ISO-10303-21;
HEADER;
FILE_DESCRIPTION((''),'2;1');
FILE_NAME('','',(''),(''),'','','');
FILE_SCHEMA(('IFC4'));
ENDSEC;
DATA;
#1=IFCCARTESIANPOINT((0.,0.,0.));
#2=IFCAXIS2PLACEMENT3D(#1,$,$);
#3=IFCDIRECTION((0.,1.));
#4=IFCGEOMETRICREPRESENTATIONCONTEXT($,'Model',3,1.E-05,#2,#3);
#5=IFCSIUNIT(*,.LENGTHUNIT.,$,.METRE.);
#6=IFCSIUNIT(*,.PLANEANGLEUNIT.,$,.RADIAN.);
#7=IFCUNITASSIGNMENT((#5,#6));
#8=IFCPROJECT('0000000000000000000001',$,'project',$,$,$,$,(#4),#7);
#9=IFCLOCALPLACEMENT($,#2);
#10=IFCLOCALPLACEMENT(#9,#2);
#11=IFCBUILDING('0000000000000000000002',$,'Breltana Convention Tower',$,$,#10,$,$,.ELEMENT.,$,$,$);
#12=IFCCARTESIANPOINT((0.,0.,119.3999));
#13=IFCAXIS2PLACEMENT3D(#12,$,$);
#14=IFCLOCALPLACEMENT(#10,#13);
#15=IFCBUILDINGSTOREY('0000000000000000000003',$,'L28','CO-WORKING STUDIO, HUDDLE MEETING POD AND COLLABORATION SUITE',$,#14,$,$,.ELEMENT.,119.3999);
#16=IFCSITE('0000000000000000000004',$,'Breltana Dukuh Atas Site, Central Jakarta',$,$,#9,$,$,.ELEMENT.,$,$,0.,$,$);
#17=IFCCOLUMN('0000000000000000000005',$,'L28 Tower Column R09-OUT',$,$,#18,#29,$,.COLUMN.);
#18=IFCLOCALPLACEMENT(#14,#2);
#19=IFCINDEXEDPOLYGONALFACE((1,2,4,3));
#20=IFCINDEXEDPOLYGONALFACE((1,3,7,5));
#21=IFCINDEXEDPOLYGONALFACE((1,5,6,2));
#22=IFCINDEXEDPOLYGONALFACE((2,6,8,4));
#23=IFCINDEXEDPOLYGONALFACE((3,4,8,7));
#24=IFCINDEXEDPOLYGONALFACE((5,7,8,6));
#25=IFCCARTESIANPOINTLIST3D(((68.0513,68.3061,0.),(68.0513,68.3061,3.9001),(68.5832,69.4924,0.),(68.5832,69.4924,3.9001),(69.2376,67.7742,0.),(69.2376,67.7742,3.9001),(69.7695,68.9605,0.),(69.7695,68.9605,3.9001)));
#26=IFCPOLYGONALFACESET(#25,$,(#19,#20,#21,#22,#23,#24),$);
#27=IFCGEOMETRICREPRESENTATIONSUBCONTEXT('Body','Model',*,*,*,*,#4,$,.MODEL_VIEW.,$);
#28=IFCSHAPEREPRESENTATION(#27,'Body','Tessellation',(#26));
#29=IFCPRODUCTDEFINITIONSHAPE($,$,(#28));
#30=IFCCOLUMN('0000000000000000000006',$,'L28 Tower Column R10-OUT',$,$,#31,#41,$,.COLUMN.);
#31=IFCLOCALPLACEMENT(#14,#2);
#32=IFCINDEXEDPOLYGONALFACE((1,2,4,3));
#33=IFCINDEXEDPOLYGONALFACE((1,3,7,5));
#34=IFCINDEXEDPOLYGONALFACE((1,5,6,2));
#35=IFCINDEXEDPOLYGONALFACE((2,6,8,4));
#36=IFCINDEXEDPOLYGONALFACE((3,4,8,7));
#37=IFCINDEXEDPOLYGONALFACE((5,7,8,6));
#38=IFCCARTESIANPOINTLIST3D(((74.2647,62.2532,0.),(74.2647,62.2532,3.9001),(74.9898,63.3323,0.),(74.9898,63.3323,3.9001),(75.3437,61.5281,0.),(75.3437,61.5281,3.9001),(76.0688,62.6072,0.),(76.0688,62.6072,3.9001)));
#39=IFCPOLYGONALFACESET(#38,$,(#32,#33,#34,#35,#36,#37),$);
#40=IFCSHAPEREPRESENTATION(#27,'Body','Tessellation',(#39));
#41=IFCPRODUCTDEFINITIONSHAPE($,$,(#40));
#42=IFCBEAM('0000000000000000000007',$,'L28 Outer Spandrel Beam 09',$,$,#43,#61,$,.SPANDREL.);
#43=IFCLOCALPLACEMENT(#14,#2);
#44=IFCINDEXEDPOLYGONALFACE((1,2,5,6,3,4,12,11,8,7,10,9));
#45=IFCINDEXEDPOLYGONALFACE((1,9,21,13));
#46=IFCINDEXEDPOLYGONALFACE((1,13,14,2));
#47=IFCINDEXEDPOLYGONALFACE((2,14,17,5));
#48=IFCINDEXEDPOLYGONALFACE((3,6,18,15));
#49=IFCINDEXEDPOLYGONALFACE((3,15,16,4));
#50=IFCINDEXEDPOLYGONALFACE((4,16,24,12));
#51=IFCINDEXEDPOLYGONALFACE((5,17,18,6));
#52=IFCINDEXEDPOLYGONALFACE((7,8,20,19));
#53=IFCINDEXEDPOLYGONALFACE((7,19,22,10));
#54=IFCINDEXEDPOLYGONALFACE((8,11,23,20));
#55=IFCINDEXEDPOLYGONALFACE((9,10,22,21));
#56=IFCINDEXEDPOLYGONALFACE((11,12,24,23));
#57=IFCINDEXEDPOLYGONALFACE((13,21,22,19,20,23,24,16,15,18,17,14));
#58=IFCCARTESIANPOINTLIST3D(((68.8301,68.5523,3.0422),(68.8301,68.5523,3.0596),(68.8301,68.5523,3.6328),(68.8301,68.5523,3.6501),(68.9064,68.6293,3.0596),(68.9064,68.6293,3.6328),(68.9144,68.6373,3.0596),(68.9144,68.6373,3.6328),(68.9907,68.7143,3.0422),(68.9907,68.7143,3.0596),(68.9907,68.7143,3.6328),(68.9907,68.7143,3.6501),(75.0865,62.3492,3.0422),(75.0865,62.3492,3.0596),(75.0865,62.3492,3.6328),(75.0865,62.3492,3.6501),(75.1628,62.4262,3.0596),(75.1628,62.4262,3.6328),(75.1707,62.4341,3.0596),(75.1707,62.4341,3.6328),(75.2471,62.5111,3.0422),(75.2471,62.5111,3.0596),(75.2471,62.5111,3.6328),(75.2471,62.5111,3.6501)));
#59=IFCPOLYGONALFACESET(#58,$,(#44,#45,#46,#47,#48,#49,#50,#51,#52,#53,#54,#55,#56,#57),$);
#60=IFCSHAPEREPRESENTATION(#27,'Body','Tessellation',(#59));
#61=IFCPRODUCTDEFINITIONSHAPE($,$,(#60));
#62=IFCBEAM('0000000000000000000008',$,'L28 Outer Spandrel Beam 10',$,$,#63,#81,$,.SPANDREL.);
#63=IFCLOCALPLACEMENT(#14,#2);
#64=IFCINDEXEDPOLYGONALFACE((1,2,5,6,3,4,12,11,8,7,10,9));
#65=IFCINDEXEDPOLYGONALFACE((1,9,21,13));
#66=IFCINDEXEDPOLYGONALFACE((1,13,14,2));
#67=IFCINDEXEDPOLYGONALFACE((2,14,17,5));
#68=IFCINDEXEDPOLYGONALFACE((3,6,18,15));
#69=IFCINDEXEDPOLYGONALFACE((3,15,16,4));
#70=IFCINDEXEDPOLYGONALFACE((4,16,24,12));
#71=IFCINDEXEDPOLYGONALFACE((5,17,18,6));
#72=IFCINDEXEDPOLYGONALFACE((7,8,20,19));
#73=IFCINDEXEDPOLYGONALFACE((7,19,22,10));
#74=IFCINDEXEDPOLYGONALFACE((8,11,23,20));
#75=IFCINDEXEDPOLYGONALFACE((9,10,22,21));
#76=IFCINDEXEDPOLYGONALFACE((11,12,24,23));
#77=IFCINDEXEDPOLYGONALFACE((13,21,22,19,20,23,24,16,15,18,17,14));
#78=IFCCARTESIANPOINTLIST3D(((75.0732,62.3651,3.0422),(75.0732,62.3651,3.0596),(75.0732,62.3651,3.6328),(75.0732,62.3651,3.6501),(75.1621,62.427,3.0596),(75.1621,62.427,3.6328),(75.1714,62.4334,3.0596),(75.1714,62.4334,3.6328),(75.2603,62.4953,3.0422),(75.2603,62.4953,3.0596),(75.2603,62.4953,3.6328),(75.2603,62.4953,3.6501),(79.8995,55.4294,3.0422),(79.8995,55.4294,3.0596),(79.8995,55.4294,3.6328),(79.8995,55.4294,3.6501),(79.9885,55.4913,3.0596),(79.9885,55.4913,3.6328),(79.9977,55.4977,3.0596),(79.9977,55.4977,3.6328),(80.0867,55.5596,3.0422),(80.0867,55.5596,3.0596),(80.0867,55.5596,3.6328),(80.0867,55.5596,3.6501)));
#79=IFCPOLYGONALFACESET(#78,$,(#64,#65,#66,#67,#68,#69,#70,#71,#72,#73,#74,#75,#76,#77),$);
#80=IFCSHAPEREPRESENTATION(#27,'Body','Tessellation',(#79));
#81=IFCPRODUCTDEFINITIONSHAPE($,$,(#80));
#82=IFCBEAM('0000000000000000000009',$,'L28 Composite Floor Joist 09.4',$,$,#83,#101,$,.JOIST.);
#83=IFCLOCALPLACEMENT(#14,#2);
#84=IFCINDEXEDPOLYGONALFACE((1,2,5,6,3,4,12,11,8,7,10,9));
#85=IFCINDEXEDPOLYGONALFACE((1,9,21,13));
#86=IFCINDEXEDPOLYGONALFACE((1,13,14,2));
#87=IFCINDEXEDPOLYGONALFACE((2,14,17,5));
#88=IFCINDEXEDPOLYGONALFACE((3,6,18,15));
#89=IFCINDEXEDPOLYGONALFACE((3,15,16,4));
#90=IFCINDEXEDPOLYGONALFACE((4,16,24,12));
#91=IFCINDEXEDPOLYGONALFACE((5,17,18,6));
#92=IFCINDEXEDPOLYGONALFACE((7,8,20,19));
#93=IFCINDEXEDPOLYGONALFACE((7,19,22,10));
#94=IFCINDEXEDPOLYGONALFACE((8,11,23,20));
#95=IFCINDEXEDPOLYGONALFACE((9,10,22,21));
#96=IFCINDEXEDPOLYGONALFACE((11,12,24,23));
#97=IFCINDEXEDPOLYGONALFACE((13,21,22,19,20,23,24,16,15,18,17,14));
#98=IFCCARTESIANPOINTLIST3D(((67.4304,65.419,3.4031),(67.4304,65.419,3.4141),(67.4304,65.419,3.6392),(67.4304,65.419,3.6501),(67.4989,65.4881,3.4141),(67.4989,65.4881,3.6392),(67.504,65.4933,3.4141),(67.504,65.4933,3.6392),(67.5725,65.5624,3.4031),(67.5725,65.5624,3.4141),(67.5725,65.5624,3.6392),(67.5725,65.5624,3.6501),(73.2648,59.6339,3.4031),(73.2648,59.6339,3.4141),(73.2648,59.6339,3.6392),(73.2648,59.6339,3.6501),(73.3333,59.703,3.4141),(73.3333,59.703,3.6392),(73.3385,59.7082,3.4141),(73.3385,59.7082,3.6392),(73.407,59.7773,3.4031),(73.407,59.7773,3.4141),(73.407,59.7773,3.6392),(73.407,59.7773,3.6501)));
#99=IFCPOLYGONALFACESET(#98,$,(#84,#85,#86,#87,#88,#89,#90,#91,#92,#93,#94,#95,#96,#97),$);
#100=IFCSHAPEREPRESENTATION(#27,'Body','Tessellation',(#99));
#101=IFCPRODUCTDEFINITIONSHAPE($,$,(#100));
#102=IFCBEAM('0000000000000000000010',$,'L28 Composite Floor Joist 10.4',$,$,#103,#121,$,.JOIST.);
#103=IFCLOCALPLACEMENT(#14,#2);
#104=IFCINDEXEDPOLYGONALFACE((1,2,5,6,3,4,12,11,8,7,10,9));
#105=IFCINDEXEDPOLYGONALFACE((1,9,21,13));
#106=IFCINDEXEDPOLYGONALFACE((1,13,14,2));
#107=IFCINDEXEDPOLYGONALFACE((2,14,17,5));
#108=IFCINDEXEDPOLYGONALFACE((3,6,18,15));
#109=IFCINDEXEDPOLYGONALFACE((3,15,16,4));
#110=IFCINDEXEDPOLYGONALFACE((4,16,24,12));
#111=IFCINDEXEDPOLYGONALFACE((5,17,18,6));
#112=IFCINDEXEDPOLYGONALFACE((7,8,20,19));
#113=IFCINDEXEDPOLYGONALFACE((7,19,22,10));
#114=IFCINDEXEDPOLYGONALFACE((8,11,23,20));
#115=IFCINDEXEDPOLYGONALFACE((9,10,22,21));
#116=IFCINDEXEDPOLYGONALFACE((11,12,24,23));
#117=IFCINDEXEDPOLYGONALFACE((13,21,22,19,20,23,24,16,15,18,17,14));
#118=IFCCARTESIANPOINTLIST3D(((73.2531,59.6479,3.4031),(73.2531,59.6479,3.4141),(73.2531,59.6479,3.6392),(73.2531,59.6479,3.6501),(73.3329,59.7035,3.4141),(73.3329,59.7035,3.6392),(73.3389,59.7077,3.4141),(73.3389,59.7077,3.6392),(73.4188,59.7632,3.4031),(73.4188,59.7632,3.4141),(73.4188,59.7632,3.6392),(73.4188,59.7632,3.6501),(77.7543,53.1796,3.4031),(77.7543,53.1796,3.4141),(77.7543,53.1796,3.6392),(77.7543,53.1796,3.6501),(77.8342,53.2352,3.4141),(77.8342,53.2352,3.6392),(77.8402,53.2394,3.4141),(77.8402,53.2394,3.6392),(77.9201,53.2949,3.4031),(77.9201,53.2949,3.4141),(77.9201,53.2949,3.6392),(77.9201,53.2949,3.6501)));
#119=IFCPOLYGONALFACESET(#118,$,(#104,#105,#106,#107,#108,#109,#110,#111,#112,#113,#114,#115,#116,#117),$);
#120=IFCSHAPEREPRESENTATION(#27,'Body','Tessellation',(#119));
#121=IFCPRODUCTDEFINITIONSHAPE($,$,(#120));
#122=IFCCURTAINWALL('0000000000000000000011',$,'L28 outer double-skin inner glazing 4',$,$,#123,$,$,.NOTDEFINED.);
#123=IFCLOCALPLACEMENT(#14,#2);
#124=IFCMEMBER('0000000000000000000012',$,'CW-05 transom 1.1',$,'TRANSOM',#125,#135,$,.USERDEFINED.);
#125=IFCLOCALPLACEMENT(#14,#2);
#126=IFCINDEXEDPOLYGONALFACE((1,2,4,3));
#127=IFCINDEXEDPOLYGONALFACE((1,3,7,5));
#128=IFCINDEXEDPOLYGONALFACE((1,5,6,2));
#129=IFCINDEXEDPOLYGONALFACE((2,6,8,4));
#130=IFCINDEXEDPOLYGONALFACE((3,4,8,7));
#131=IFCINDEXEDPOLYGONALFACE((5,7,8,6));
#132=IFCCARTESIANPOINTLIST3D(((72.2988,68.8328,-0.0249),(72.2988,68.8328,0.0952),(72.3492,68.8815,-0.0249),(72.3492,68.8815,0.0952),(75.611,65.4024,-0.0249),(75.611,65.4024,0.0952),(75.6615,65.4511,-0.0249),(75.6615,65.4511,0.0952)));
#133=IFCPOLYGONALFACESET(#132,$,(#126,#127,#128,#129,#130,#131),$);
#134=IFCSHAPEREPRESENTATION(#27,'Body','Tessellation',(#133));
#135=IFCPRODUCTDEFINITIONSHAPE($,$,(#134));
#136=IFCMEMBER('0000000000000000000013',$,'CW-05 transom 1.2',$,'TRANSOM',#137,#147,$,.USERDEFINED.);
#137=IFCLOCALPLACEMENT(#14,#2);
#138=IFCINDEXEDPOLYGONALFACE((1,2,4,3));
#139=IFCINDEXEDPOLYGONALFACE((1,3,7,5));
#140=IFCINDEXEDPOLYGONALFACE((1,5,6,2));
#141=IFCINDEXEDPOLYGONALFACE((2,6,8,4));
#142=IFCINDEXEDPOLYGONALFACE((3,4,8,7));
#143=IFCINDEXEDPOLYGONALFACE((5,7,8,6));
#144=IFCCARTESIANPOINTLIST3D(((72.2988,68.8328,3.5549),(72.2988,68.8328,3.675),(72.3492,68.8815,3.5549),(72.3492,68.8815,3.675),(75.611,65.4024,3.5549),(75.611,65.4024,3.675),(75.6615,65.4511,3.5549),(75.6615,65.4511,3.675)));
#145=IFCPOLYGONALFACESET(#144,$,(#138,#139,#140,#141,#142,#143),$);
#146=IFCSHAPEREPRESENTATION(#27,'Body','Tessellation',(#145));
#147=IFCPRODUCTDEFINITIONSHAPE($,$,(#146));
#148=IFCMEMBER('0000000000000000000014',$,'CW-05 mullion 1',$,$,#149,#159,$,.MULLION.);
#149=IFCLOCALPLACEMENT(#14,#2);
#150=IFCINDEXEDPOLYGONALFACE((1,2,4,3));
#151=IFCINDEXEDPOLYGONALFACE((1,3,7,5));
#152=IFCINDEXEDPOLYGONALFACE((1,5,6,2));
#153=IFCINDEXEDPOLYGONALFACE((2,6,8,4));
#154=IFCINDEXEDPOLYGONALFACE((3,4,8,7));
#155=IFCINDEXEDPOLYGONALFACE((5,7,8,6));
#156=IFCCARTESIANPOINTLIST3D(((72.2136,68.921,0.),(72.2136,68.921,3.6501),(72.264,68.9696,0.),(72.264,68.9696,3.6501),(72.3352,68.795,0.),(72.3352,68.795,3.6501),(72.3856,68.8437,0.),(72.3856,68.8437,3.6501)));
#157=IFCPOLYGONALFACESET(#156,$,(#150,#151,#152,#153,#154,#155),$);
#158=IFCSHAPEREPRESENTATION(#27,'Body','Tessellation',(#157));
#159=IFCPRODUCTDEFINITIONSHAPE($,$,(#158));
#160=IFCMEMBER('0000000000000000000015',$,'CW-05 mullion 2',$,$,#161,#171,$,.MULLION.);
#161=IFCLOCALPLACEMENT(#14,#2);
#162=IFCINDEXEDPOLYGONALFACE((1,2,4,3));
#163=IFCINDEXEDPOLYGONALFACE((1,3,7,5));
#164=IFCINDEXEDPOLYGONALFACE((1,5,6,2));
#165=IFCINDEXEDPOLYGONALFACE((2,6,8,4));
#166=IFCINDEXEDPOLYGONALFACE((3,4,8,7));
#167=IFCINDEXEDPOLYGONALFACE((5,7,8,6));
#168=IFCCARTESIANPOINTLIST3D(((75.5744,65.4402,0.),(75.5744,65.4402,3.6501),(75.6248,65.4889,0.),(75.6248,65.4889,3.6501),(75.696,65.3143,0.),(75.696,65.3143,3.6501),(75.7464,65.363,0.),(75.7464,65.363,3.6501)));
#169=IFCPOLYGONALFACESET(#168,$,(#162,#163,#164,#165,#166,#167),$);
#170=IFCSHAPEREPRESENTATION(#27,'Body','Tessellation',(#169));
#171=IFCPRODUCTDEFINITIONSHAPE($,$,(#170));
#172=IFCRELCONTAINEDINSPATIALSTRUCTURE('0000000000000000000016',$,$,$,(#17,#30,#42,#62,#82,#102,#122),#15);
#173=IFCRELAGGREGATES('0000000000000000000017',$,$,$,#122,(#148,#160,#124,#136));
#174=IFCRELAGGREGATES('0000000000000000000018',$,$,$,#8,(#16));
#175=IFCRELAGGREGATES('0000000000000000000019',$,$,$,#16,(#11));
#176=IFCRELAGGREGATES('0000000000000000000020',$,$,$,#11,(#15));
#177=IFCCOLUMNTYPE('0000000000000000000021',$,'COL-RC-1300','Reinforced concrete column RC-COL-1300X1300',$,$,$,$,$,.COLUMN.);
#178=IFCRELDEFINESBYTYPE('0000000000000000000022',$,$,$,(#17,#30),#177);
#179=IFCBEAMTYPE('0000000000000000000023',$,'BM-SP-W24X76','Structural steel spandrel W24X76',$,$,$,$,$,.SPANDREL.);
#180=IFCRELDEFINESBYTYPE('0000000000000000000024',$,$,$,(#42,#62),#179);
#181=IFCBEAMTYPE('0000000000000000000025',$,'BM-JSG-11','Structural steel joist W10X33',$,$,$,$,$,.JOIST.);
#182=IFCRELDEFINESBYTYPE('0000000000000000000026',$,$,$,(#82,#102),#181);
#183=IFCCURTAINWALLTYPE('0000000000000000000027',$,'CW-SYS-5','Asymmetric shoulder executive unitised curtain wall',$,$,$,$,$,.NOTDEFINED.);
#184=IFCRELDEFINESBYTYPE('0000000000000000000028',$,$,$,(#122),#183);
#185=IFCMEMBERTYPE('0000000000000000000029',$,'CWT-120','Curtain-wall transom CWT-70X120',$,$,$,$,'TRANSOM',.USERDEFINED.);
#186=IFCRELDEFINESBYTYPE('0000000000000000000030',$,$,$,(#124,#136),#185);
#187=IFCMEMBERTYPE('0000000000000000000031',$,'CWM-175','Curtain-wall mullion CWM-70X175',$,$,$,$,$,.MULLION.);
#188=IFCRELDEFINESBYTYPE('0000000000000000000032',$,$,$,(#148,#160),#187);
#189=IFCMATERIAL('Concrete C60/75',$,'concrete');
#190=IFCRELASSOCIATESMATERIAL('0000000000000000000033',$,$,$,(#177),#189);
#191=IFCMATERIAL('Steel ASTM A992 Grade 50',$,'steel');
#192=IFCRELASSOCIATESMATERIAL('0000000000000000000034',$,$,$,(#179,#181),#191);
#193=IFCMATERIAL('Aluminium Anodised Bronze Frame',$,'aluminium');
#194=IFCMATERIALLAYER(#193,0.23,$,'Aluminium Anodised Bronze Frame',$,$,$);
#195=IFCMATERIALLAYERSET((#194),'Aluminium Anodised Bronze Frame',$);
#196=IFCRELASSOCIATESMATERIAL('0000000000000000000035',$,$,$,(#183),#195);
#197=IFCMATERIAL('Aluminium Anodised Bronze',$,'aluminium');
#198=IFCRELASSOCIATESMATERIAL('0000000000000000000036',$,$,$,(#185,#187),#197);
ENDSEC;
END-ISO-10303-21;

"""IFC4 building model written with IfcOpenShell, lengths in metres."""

from ifc_helpers import new_model, si_unit, direction, frame, origin, origin_2d, place, context, subcontext, project, spatial, rectangle, i_section, extrude, source, transform, mapped, material, layer, layer_set, material_profile, profile_set, type_object, element, aggregate, save


model = new_model("IFC4")

# Units and contexts
model_context = context("Model", 3, precision=1e-05, world=origin(), true_north=direction((0.0, 1.0)))
body_context = subcontext(model_context, "Body", "Model", "MODEL_VIEW")
ifc_project = project(units=[si_unit("LENGTHUNIT", "METRE"), si_unit("PLANEANGLEUNIT", "RADIAN")], contexts=[model_context])

# Site, building, storey
site_placement = place(None, origin())
site = spatial("IfcSite", under=ifc_project, at=site_placement, Name="Breltana Dukuh Atas Site, Central Jakarta", CompositionType="ELEMENT", RefElevation=0.0)
building_placement = place(site_placement, origin())
building = spatial("IfcBuilding", under=site, at=building_placement, Name="Breltana Convention Tower", CompositionType="ELEMENT")
storey_placement = place(building_placement, frame((0.0, 0.0, 119.3999)))
storey = spatial("IfcBuildingStorey", under=building, at=storey_placement, Name="L28", Description="CO-WORKING STUDIO, HUDDLE MEETING POD AND COLLABORATION SUITE", CompositionType="ELEMENT", Elevation=119.3999)

# Columns
ifc_material_1 = material(Name="Concrete C60/75", Category="concrete")
ifc_material_profile_1 = material_profile(ifc_material_1, rectangle(XDim=1.3, YDim=1.3, at=origin_2d()), Name="RC-COL-1300X1300")
ifc_profile_set_1 = profile_set([ifc_material_profile_1], Name="Concrete C60/75")
column_type = type_object("IfcColumnType", Name="COL-RC-1300", Description="Reinforced concrete column RC-COL-1300X1300", PredefinedType="COLUMN", material=ifc_profile_set_1)
shared_shape_1 = source(origin(), body_context, "Body", "SweptSolid", [
    extrude(rectangle(XDim=1.3, YDim=1.3, at=origin_2d()), origin(), (0.0, 0.0, 1.0), 3.9001),
])
for number, where, z_axis, x_axis, name in (
    (1, (68.9104, 68.6333, 0.0), (0.0, 0.0, 1.0), (0.409127, 0.912477, 0.0), "L28 Tower Column R09-OUT"),
    (2, (75.1667, 62.4302, 0.0), (0.0, 0.0, 1.0), (0.557745, 0.830012, 0.0), "L28 Tower Column R10-OUT"),
):
    element("IfcColumn", number, at=place(storey_placement, frame(where, z_axis=z_axis, x_axis=x_axis)), inside=storey, type_object=column_type, Name=name, PredefinedType="COLUMN", context=body_context, shape_type="MappedRepresentation", body=[
        mapped(shared_shape_1, transform((0.0, 0.0, 0.0), scale=1.0)),
    ])

# Beams
ifc_material_2 = material(Name="Steel ASTM A992 Grade 50", Category="steel")
ifc_material_profile_2 = material_profile(ifc_material_2, i_section(OverallWidth=0.228, OverallDepth=0.6079, WebThickness=0.0112, FlangeThickness=0.0173, at=origin_2d()), Name="W24X76")
ifc_profile_set_2 = profile_set([ifc_material_profile_2], Name="Steel ASTM A992 Grade 50")
beam_type_1 = type_object("IfcBeamType", Name="BM-SP-W24X76", Description="Structural steel spandrel W24X76", PredefinedType="SPANDREL", material=ifc_profile_set_2)
shared_shape_2 = source(origin(), body_context, "Body", "SweptSolid", [
    extrude(i_section(OverallWidth=0.228, OverallDepth=0.6079, WebThickness=0.0112, FlangeThickness=0.0173, at=origin_2d()), origin(), (0.0, 0.0, 1.0), 8.8103),
])
beam_1_placement = place(storey_placement, frame((68.9104, 68.6333, 3.3462), z_axis=(0.710121, -0.70408, 0.0), x_axis=(0.70408, 0.710121, 0.0)))
element("IfcBeam", 3, at=beam_1_placement, inside=storey, type_object=beam_type_1, Name="L28 Outer Spandrel Beam 09", PredefinedType="SPANDREL", context=body_context, shape_type="MappedRepresentation", body=[
    mapped(shared_shape_2, transform((0.0, 0.0, 0.0), scale=1.0)),
])
shared_shape_3 = source(origin(), body_context, "Body", "SweptSolid", [
    extrude(i_section(OverallWidth=0.228, OverallDepth=0.6079, WebThickness=0.0112, FlangeThickness=0.0173, at=origin_2d()), origin(), (0.0, 0.0, 1.0), 8.4497),
])
beam_2_placement = place(storey_placement, frame((75.1667, 62.4302, 3.3462), z_axis=(0.571186, -0.820821, 0.0), x_axis=(0.820821, 0.571186, 0.0)))
element("IfcBeam", 4, at=beam_2_placement, inside=storey, type_object=beam_type_1, Name="L28 Outer Spandrel Beam 10", PredefinedType="SPANDREL", context=body_context, shape_type="MappedRepresentation", body=[
    mapped(shared_shape_3, transform((0.0, 0.0, 0.0), scale=1.0)),
])
ifc_material_profile_3 = material_profile(ifc_material_2, i_section(OverallWidth=0.2019, OverallDepth=0.2471, WebThickness=0.0073, FlangeThickness=0.011, at=origin_2d()), Name="W10X33")
ifc_profile_set_3 = profile_set([ifc_material_profile_3], Name="Steel ASTM A992 Grade 50")
beam_type_2 = type_object("IfcBeamType", Name="BM-JSG-11", Description="Structural steel joist W10X33", PredefinedType="JOIST", material=ifc_profile_set_3)
shared_shape_4 = source(origin(), body_context, "Body", "SweptSolid", [
    extrude(i_section(OverallWidth=0.2019, OverallDepth=0.2471, WebThickness=0.0073, FlangeThickness=0.011, at=origin_2d()), origin(), (0.0, 0.0, 1.0), 8.2163),
])
beam_3_placement = place(storey_placement, frame((67.5015, 65.4907, 3.5266), z_axis=(0.710102, -0.704099, 0.0), x_axis=(0.704099, 0.710102, 0.0)))
element("IfcBeam", 5, at=beam_3_placement, inside=storey, type_object=beam_type_2, Name="L28 Composite Floor Joist 09.4", PredefinedType="JOIST", context=body_context, shape_type="MappedRepresentation", body=[
    mapped(shared_shape_4, transform((0.0, 0.0, 0.0), scale=1.0)),
])
shared_shape_5 = source(origin(), body_context, "Body", "SweptSolid", [
    extrude(i_section(OverallWidth=0.2019, OverallDepth=0.2471, WebThickness=0.0073, FlangeThickness=0.011, at=origin_2d()), origin(), (0.0, 0.0, 1.0), 7.8804),
])
beam_4_placement = place(storey_placement, frame((73.3359, 59.7056, 3.5266), z_axis=(0.571198, -0.820812, 0.0), x_axis=(0.820812, 0.571198, 0.0)))
element("IfcBeam", 6, at=beam_4_placement, inside=storey, type_object=beam_type_2, Name="L28 Composite Floor Joist 10.4", PredefinedType="JOIST", context=body_context, shape_type="MappedRepresentation", body=[
    mapped(shared_shape_5, transform((0.0, 0.0, 0.0), scale=1.0)),
])

# Curtain wall, members
ifc_material_3 = material(Name="Aluminium Anodised Bronze Frame", Category="aluminium")
ifc_layer_1 = layer(ifc_material_3, 0.23, Name="Aluminium Anodised Bronze Frame")
ifc_layer_set_1 = layer_set([ifc_layer_1], Name="Aluminium Anodised Bronze Frame")
curtain_wall_type = type_object("IfcCurtainWallType", Name="CW-SYS-5", Description="Asymmetric shoulder executive unitised curtain wall", PredefinedType="NOTDEFINED", material=ifc_layer_set_1)
curtain_wall_placement = place(storey_placement, origin())
curtain_wall = element("IfcCurtainWall", 7, at=curtain_wall_placement, inside=storey, type_object=curtain_wall_type, Name="L28 outer double-skin inner glazing 4", PredefinedType="NOTDEFINED")
ifc_material_4 = material(Name="Aluminium Anodised Bronze", Category="aluminium")
ifc_material_profile_4 = material_profile(ifc_material_4, rectangle(XDim=0.0701, YDim=0.1201, at=origin_2d()), Name="CWT-70X120")
ifc_profile_set_4 = profile_set([ifc_material_profile_4], Name="Aluminium Anodised Bronze")
member_type_1 = type_object("IfcMemberType", Name="CWT-120", Description="Curtain-wall transom CWT-70X120", ElementType="TRANSOM", PredefinedType="USERDEFINED", material=ifc_profile_set_4)
shared_shape_6 = source(origin(), body_context, "Body", "SweptSolid", [
    extrude(rectangle(XDim=0.0701, YDim=0.1201, at=origin_2d()), origin(), (0.0, 0.0, 1.0), 4.7686),
])
member_1_placement = place(storey_placement, frame((72.324, 68.8572, 0.0352), z_axis=(0.694608, -0.719388, 0.0), x_axis=(0.719388, 0.694608, 0.0)))
member_1 = element("IfcMember", 8, at=member_1_placement, type_object=member_type_1, Name="CW-05 transom 1.1", ObjectType="TRANSOM", PredefinedType="USERDEFINED", context=body_context, shape_type="MappedRepresentation", body=[
    mapped(shared_shape_6, transform((0.0, 0.0, 0.0), scale=1.0)),
])
member_2_placement = place(storey_placement, frame((72.324, 68.8572, 3.615), z_axis=(0.694608, -0.719388, 0.0), x_axis=(0.719388, 0.694608, 0.0)))
member_2 = element("IfcMember", 9, at=member_2_placement, type_object=member_type_1, Name="CW-05 transom 1.2", ObjectType="TRANSOM", PredefinedType="USERDEFINED", context=body_context, shape_type="MappedRepresentation", body=[
    mapped(shared_shape_6, transform((0.0, 0.0, 0.0), scale=1.0)),
])
ifc_material_profile_5 = material_profile(ifc_material_4, rectangle(XDim=0.0701, YDim=0.175, at=origin_2d()), Name="CWM-70X175")
ifc_profile_set_5 = profile_set([ifc_material_profile_5], Name="Aluminium Anodised Bronze")
member_type_2 = type_object("IfcMemberType", Name="CWM-175", Description="Curtain-wall mullion CWM-70X175", PredefinedType="MULLION", material=ifc_profile_set_5)
shared_shape_7 = source(origin(), body_context, "Body", "SweptSolid", [
    extrude(rectangle(XDim=0.0701, YDim=0.175, at=origin_2d()), origin(), (0.0, 0.0, 1.0), 3.6501),
])
member_3_placement = place(storey_placement, frame((72.2996, 68.8823, 0.0), z_axis=(0.0, 0.0, 1.0), x_axis=(0.719385, 0.694612, 0.0)))
member_3 = element("IfcMember", 10, at=member_3_placement, type_object=member_type_2, Name="CW-05 mullion 1", PredefinedType="MULLION", context=body_context, shape_type="MappedRepresentation", body=[
    mapped(shared_shape_7, transform((0.0, 0.0, 0.0), scale=1.0)),
])
member_4_placement = place(storey_placement, frame((75.6604, 65.4016, 0.0), z_axis=(0.0, 0.0, 1.0), x_axis=(0.719385, 0.694612, 0.0)))
member_4 = element("IfcMember", 11, at=member_4_placement, type_object=member_type_2, Name="CW-05 mullion 2", PredefinedType="MULLION", context=body_context, shape_type="MappedRepresentation", body=[
    mapped(shared_shape_7, transform((0.0, 0.0, 0.0), scale=1.0)),
])
aggregate(curtain_wall, [member_3, member_4, member_1, member_2])

save(model, "model.ifc")
